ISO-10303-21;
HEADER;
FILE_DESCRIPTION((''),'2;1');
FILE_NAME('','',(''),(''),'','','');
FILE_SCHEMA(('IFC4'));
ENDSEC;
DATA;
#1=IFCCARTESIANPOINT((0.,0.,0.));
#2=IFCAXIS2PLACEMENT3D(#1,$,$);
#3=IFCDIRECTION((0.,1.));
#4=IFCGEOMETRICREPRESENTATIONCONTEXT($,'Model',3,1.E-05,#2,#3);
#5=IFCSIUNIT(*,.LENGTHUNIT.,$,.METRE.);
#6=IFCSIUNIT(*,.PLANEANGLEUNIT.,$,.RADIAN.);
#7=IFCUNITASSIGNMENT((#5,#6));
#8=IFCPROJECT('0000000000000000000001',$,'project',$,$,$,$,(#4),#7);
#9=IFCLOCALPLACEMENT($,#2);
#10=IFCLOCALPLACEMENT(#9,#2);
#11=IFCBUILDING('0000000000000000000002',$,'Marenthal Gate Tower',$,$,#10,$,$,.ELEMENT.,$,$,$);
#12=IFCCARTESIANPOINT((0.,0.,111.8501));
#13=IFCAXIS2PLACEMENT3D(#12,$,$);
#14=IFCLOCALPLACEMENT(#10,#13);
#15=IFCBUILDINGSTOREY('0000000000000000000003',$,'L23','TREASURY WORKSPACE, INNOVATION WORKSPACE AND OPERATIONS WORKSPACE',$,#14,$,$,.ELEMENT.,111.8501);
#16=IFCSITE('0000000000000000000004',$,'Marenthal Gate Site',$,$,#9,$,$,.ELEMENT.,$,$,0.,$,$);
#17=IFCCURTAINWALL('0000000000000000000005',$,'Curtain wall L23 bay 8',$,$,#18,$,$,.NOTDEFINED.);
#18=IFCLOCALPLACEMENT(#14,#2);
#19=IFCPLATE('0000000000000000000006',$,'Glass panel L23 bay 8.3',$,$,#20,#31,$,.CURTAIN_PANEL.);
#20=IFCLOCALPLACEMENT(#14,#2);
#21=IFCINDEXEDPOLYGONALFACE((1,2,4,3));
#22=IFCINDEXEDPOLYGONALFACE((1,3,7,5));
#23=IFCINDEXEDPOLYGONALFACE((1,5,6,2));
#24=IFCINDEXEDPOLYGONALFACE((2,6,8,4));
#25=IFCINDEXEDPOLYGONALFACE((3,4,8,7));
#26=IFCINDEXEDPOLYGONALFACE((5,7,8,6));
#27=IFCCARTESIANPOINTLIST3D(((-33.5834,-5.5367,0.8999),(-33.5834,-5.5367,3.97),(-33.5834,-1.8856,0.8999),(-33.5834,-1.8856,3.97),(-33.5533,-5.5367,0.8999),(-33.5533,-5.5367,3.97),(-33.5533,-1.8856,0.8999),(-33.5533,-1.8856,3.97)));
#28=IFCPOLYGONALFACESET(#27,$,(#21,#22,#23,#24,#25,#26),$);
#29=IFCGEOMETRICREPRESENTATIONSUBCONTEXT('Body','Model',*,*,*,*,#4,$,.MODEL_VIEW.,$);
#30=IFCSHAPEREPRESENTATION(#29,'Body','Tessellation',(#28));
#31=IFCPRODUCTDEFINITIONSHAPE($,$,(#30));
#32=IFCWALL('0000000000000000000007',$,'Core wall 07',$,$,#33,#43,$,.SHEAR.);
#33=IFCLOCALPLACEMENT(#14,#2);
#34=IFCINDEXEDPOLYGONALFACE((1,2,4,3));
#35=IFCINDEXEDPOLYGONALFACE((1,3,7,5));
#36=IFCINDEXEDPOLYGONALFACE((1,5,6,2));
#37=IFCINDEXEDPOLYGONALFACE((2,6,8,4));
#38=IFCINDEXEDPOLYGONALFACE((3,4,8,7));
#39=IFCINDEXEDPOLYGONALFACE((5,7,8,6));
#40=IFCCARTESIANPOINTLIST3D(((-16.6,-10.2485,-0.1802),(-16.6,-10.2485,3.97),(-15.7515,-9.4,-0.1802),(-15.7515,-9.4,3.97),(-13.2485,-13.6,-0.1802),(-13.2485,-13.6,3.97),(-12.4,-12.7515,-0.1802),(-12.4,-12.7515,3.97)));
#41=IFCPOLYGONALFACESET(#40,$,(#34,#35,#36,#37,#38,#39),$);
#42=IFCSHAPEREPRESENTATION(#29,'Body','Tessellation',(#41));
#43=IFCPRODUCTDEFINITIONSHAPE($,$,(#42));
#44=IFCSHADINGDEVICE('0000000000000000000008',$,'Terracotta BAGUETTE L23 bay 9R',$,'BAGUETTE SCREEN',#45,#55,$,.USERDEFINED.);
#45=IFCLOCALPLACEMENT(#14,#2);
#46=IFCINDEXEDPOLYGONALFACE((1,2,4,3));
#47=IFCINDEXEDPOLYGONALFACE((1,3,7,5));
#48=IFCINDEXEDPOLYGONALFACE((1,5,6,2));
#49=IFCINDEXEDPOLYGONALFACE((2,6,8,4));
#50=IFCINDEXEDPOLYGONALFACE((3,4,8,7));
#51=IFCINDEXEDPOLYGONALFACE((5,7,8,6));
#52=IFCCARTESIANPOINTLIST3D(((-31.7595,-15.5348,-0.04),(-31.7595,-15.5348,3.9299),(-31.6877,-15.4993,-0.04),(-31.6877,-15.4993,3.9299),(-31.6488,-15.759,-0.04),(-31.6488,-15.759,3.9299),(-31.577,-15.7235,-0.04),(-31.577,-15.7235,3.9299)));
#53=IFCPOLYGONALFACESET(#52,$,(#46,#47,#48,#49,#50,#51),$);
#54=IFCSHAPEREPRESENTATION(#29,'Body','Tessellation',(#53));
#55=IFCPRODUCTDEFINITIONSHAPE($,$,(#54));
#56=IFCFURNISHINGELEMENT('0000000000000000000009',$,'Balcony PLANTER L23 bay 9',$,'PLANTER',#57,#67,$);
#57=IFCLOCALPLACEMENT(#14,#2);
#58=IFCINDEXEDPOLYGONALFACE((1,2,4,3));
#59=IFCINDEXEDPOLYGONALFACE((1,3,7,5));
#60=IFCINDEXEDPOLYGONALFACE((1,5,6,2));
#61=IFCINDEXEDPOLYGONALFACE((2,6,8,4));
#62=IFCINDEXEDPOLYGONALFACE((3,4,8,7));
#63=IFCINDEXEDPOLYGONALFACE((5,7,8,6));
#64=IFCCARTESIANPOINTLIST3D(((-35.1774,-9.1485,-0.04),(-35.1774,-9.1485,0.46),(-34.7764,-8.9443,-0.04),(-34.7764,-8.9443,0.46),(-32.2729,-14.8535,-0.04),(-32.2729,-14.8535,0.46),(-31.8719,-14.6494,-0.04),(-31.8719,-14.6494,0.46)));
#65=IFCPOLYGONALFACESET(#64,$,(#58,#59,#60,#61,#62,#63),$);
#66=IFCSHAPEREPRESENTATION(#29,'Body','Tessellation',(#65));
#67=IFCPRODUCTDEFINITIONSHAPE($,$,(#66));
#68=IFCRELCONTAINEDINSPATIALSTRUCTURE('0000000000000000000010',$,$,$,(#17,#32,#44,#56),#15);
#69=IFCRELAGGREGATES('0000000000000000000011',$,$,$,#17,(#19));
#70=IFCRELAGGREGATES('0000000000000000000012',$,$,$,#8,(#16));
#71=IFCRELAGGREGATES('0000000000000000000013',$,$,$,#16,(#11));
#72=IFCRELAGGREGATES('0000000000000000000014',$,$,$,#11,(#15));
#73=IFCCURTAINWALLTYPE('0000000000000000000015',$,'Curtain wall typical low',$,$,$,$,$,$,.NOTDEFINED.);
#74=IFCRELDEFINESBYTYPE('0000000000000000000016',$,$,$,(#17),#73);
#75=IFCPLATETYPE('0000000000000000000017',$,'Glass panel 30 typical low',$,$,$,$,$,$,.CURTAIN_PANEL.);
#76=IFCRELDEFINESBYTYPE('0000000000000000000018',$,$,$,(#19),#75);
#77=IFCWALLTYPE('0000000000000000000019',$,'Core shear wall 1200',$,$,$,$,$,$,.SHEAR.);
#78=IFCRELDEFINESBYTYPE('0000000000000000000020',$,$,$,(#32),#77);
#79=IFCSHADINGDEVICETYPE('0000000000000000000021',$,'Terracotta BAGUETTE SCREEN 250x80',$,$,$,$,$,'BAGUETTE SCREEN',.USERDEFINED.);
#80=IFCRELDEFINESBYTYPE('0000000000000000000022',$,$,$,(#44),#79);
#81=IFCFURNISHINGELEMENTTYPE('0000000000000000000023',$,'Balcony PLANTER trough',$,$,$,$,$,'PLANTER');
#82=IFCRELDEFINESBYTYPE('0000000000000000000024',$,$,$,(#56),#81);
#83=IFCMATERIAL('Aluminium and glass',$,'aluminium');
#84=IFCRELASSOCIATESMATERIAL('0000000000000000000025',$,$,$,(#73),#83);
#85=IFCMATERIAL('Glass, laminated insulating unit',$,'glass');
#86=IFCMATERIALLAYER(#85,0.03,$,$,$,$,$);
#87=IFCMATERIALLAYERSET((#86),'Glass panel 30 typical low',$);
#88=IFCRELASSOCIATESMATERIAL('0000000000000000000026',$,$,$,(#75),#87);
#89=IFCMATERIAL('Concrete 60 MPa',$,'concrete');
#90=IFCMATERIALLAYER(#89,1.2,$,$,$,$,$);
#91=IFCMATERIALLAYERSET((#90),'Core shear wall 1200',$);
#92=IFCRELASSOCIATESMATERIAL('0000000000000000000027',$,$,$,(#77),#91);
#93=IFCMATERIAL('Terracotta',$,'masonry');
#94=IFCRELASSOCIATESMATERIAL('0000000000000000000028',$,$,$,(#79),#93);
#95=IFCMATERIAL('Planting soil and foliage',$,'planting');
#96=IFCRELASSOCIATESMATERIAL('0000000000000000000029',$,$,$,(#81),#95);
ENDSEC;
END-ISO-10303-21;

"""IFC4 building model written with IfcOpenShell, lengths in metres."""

from ifc_helpers import new_model, si_unit, direction, frame, frame_2d, origin, origin_2d, place, context, subcontext, project, spatial, rectangle, extrude, material, layer, layer_set, material_profile, profile_set, type_object, element, aggregate, save


model = new_model("IFC4")

# Units and contexts
model_context = context("Model", 3, precision=1e-05, world=origin(), true_north=direction((0.0, 1.0)))
body_context = subcontext(model_context, "Body", "Model", "MODEL_VIEW")
ifc_project = project(units=[si_unit("LENGTHUNIT", "METRE"), si_unit("PLANEANGLEUNIT", "RADIAN")], contexts=[model_context])

# Site, building, storey
site_placement = place(None, origin())
site = spatial("IfcSite", under=ifc_project, at=site_placement, Name="Marenthal Gate Site", CompositionType="ELEMENT", RefElevation=0.0)
building_placement = place(site_placement, origin())
building = spatial("IfcBuilding", under=site, at=building_placement, Name="Marenthal Gate Tower", CompositionType="ELEMENT")
storey_placement = place(building_placement, frame((0.0, 0.0, 111.8501)))
storey = spatial("IfcBuildingStorey", under=building, at=storey_placement, Name="L23", Description="TREASURY WORKSPACE, INNOVATION WORKSPACE AND OPERATIONS WORKSPACE", CompositionType="ELEMENT", Elevation=111.8501)

# Curtain wall
ifc_material_1 = material(Name="Aluminium and glass", Category="aluminium")
curtain_wall_type = type_object("IfcCurtainWallType", Name="Curtain wall typical low", PredefinedType="NOTDEFINED", material=ifc_material_1)
curtain_wall_1_placement = place(storey_placement, origin())
curtain_wall_1 = element("IfcCurtainWall", 1, at=curtain_wall_1_placement, inside=storey, type_object=curtain_wall_type, Name="Curtain wall L23 bay 8", PredefinedType="NOTDEFINED")

# Plate
ifc_material_2 = material(Name="Glass, laminated insulating unit", Category="glass")
ifc_layer_1 = layer(ifc_material_2, 0.03)
ifc_layer_set_1 = layer_set([ifc_layer_1], Name="Glass panel 30 typical low")
plate_type = type_object("IfcPlateType", Name="Glass panel 30 typical low", PredefinedType="CURTAIN_PANEL", material=ifc_layer_set_1)
plate_placement = place(storey_placement, frame((-33.5684, -3.7112, 0.8999), z_axis=(0.0, 0.0, 1.0), x_axis=(0.0, -1.0, 0.0)))
plate = element("IfcPlate", 2, at=plate_placement, type_object=plate_type, Name="Glass panel L23 bay 8.3", PredefinedType="CURTAIN_PANEL", context=body_context, shape_type="SweptSolid", body=[
    extrude(rectangle(XDim=3.6511, YDim=0.03, at=origin_2d()), origin(), (0.0, 0.0, 1.0), 3.0701),
])
aggregate(curtain_wall_1, [plate])

# Wall
ifc_material_3 = material(Name="Concrete 60 MPa", Category="concrete")
ifc_layer_2 = layer(ifc_material_3, 1.2)
ifc_layer_set_2 = layer_set([ifc_layer_2], Name="Core shear wall 1200")
wall_type_1 = type_object("IfcWallType", Name="Core shear wall 1200", PredefinedType="SHEAR", material=ifc_layer_set_2)
wall_1_placement = place(storey_placement, frame((-16.1758, -9.8242, -0.1802), z_axis=(0.0, 0.0, 1.0), x_axis=(0.707107, -0.707107, 0.0)))
element("IfcWall", 3, at=wall_1_placement, inside=storey, type_object=wall_type_1, Name="Core wall 07", PredefinedType="SHEAR", context=body_context, shape_type="SweptSolid", body=[
    extrude(rectangle(XDim=4.7397, YDim=1.2, at=frame_2d((2.3699, 0.0))), origin(), (0.0, 0.0, 1.0), 4.1501),
])

# Shading device
ifc_material_4 = material(Name="Terracotta", Category="masonry")
ifc_material_profile_1 = material_profile(ifc_material_4, rectangle(XDim=0.25, YDim=0.0801, at=origin_2d()), Name="Terracotta baguette 250x80")
ifc_profile_set_1 = profile_set([ifc_material_profile_1], Name="Terracotta")
shading_device_type = type_object("IfcShadingDeviceType", Name="Terracotta BAGUETTE SCREEN 250x80", ElementType="BAGUETTE SCREEN", PredefinedType="USERDEFINED", material=ifc_profile_set_1)
shading_device_placement = place(storey_placement, frame((-31.6682, -15.6292, -0.04), z_axis=(0.0, 0.0, 1.0), x_axis=(0.442731, -0.896654, 0.0)))
element("IfcShadingDevice", 4, at=shading_device_placement, inside=storey, type_object=shading_device_type, Name="Terracotta BAGUETTE L23 bay 9R", ObjectType="BAGUETTE SCREEN", PredefinedType="USERDEFINED", context=body_context, shape_type="SweptSolid", body=[
    extrude(rectangle(XDim=0.25, YDim=0.0801, at=origin_2d()), origin(), (0.0, 0.0, 1.0), 3.97),
])

# Furnishing element
ifc_material_5 = material(Name="Planting soil and foliage", Category="planting")
furnishing_element_type = type_object("IfcFurnishingElementType", Name="Balcony PLANTER trough", ElementType="PLANTER", material=ifc_material_5)
furnishing_placement = place(storey_placement, frame((-33.5247, -11.8989, -0.04), z_axis=(0.0, 0.0, 1.0), x_axis=(0.453688, -0.891161, 0.0)))
element("IfcFurnishingElement", 5, at=furnishing_placement, inside=storey, type_object=furnishing_element_type, Name="Balcony PLANTER L23 bay 9", ObjectType="PLANTER", context=body_context, shape_type="SweptSolid", body=[
    extrude(rectangle(XDim=6.4019, YDim=0.45, at=origin_2d()), origin(), (0.0, 0.0, 1.0), 0.5),
])

save(model, "model.ifc")
